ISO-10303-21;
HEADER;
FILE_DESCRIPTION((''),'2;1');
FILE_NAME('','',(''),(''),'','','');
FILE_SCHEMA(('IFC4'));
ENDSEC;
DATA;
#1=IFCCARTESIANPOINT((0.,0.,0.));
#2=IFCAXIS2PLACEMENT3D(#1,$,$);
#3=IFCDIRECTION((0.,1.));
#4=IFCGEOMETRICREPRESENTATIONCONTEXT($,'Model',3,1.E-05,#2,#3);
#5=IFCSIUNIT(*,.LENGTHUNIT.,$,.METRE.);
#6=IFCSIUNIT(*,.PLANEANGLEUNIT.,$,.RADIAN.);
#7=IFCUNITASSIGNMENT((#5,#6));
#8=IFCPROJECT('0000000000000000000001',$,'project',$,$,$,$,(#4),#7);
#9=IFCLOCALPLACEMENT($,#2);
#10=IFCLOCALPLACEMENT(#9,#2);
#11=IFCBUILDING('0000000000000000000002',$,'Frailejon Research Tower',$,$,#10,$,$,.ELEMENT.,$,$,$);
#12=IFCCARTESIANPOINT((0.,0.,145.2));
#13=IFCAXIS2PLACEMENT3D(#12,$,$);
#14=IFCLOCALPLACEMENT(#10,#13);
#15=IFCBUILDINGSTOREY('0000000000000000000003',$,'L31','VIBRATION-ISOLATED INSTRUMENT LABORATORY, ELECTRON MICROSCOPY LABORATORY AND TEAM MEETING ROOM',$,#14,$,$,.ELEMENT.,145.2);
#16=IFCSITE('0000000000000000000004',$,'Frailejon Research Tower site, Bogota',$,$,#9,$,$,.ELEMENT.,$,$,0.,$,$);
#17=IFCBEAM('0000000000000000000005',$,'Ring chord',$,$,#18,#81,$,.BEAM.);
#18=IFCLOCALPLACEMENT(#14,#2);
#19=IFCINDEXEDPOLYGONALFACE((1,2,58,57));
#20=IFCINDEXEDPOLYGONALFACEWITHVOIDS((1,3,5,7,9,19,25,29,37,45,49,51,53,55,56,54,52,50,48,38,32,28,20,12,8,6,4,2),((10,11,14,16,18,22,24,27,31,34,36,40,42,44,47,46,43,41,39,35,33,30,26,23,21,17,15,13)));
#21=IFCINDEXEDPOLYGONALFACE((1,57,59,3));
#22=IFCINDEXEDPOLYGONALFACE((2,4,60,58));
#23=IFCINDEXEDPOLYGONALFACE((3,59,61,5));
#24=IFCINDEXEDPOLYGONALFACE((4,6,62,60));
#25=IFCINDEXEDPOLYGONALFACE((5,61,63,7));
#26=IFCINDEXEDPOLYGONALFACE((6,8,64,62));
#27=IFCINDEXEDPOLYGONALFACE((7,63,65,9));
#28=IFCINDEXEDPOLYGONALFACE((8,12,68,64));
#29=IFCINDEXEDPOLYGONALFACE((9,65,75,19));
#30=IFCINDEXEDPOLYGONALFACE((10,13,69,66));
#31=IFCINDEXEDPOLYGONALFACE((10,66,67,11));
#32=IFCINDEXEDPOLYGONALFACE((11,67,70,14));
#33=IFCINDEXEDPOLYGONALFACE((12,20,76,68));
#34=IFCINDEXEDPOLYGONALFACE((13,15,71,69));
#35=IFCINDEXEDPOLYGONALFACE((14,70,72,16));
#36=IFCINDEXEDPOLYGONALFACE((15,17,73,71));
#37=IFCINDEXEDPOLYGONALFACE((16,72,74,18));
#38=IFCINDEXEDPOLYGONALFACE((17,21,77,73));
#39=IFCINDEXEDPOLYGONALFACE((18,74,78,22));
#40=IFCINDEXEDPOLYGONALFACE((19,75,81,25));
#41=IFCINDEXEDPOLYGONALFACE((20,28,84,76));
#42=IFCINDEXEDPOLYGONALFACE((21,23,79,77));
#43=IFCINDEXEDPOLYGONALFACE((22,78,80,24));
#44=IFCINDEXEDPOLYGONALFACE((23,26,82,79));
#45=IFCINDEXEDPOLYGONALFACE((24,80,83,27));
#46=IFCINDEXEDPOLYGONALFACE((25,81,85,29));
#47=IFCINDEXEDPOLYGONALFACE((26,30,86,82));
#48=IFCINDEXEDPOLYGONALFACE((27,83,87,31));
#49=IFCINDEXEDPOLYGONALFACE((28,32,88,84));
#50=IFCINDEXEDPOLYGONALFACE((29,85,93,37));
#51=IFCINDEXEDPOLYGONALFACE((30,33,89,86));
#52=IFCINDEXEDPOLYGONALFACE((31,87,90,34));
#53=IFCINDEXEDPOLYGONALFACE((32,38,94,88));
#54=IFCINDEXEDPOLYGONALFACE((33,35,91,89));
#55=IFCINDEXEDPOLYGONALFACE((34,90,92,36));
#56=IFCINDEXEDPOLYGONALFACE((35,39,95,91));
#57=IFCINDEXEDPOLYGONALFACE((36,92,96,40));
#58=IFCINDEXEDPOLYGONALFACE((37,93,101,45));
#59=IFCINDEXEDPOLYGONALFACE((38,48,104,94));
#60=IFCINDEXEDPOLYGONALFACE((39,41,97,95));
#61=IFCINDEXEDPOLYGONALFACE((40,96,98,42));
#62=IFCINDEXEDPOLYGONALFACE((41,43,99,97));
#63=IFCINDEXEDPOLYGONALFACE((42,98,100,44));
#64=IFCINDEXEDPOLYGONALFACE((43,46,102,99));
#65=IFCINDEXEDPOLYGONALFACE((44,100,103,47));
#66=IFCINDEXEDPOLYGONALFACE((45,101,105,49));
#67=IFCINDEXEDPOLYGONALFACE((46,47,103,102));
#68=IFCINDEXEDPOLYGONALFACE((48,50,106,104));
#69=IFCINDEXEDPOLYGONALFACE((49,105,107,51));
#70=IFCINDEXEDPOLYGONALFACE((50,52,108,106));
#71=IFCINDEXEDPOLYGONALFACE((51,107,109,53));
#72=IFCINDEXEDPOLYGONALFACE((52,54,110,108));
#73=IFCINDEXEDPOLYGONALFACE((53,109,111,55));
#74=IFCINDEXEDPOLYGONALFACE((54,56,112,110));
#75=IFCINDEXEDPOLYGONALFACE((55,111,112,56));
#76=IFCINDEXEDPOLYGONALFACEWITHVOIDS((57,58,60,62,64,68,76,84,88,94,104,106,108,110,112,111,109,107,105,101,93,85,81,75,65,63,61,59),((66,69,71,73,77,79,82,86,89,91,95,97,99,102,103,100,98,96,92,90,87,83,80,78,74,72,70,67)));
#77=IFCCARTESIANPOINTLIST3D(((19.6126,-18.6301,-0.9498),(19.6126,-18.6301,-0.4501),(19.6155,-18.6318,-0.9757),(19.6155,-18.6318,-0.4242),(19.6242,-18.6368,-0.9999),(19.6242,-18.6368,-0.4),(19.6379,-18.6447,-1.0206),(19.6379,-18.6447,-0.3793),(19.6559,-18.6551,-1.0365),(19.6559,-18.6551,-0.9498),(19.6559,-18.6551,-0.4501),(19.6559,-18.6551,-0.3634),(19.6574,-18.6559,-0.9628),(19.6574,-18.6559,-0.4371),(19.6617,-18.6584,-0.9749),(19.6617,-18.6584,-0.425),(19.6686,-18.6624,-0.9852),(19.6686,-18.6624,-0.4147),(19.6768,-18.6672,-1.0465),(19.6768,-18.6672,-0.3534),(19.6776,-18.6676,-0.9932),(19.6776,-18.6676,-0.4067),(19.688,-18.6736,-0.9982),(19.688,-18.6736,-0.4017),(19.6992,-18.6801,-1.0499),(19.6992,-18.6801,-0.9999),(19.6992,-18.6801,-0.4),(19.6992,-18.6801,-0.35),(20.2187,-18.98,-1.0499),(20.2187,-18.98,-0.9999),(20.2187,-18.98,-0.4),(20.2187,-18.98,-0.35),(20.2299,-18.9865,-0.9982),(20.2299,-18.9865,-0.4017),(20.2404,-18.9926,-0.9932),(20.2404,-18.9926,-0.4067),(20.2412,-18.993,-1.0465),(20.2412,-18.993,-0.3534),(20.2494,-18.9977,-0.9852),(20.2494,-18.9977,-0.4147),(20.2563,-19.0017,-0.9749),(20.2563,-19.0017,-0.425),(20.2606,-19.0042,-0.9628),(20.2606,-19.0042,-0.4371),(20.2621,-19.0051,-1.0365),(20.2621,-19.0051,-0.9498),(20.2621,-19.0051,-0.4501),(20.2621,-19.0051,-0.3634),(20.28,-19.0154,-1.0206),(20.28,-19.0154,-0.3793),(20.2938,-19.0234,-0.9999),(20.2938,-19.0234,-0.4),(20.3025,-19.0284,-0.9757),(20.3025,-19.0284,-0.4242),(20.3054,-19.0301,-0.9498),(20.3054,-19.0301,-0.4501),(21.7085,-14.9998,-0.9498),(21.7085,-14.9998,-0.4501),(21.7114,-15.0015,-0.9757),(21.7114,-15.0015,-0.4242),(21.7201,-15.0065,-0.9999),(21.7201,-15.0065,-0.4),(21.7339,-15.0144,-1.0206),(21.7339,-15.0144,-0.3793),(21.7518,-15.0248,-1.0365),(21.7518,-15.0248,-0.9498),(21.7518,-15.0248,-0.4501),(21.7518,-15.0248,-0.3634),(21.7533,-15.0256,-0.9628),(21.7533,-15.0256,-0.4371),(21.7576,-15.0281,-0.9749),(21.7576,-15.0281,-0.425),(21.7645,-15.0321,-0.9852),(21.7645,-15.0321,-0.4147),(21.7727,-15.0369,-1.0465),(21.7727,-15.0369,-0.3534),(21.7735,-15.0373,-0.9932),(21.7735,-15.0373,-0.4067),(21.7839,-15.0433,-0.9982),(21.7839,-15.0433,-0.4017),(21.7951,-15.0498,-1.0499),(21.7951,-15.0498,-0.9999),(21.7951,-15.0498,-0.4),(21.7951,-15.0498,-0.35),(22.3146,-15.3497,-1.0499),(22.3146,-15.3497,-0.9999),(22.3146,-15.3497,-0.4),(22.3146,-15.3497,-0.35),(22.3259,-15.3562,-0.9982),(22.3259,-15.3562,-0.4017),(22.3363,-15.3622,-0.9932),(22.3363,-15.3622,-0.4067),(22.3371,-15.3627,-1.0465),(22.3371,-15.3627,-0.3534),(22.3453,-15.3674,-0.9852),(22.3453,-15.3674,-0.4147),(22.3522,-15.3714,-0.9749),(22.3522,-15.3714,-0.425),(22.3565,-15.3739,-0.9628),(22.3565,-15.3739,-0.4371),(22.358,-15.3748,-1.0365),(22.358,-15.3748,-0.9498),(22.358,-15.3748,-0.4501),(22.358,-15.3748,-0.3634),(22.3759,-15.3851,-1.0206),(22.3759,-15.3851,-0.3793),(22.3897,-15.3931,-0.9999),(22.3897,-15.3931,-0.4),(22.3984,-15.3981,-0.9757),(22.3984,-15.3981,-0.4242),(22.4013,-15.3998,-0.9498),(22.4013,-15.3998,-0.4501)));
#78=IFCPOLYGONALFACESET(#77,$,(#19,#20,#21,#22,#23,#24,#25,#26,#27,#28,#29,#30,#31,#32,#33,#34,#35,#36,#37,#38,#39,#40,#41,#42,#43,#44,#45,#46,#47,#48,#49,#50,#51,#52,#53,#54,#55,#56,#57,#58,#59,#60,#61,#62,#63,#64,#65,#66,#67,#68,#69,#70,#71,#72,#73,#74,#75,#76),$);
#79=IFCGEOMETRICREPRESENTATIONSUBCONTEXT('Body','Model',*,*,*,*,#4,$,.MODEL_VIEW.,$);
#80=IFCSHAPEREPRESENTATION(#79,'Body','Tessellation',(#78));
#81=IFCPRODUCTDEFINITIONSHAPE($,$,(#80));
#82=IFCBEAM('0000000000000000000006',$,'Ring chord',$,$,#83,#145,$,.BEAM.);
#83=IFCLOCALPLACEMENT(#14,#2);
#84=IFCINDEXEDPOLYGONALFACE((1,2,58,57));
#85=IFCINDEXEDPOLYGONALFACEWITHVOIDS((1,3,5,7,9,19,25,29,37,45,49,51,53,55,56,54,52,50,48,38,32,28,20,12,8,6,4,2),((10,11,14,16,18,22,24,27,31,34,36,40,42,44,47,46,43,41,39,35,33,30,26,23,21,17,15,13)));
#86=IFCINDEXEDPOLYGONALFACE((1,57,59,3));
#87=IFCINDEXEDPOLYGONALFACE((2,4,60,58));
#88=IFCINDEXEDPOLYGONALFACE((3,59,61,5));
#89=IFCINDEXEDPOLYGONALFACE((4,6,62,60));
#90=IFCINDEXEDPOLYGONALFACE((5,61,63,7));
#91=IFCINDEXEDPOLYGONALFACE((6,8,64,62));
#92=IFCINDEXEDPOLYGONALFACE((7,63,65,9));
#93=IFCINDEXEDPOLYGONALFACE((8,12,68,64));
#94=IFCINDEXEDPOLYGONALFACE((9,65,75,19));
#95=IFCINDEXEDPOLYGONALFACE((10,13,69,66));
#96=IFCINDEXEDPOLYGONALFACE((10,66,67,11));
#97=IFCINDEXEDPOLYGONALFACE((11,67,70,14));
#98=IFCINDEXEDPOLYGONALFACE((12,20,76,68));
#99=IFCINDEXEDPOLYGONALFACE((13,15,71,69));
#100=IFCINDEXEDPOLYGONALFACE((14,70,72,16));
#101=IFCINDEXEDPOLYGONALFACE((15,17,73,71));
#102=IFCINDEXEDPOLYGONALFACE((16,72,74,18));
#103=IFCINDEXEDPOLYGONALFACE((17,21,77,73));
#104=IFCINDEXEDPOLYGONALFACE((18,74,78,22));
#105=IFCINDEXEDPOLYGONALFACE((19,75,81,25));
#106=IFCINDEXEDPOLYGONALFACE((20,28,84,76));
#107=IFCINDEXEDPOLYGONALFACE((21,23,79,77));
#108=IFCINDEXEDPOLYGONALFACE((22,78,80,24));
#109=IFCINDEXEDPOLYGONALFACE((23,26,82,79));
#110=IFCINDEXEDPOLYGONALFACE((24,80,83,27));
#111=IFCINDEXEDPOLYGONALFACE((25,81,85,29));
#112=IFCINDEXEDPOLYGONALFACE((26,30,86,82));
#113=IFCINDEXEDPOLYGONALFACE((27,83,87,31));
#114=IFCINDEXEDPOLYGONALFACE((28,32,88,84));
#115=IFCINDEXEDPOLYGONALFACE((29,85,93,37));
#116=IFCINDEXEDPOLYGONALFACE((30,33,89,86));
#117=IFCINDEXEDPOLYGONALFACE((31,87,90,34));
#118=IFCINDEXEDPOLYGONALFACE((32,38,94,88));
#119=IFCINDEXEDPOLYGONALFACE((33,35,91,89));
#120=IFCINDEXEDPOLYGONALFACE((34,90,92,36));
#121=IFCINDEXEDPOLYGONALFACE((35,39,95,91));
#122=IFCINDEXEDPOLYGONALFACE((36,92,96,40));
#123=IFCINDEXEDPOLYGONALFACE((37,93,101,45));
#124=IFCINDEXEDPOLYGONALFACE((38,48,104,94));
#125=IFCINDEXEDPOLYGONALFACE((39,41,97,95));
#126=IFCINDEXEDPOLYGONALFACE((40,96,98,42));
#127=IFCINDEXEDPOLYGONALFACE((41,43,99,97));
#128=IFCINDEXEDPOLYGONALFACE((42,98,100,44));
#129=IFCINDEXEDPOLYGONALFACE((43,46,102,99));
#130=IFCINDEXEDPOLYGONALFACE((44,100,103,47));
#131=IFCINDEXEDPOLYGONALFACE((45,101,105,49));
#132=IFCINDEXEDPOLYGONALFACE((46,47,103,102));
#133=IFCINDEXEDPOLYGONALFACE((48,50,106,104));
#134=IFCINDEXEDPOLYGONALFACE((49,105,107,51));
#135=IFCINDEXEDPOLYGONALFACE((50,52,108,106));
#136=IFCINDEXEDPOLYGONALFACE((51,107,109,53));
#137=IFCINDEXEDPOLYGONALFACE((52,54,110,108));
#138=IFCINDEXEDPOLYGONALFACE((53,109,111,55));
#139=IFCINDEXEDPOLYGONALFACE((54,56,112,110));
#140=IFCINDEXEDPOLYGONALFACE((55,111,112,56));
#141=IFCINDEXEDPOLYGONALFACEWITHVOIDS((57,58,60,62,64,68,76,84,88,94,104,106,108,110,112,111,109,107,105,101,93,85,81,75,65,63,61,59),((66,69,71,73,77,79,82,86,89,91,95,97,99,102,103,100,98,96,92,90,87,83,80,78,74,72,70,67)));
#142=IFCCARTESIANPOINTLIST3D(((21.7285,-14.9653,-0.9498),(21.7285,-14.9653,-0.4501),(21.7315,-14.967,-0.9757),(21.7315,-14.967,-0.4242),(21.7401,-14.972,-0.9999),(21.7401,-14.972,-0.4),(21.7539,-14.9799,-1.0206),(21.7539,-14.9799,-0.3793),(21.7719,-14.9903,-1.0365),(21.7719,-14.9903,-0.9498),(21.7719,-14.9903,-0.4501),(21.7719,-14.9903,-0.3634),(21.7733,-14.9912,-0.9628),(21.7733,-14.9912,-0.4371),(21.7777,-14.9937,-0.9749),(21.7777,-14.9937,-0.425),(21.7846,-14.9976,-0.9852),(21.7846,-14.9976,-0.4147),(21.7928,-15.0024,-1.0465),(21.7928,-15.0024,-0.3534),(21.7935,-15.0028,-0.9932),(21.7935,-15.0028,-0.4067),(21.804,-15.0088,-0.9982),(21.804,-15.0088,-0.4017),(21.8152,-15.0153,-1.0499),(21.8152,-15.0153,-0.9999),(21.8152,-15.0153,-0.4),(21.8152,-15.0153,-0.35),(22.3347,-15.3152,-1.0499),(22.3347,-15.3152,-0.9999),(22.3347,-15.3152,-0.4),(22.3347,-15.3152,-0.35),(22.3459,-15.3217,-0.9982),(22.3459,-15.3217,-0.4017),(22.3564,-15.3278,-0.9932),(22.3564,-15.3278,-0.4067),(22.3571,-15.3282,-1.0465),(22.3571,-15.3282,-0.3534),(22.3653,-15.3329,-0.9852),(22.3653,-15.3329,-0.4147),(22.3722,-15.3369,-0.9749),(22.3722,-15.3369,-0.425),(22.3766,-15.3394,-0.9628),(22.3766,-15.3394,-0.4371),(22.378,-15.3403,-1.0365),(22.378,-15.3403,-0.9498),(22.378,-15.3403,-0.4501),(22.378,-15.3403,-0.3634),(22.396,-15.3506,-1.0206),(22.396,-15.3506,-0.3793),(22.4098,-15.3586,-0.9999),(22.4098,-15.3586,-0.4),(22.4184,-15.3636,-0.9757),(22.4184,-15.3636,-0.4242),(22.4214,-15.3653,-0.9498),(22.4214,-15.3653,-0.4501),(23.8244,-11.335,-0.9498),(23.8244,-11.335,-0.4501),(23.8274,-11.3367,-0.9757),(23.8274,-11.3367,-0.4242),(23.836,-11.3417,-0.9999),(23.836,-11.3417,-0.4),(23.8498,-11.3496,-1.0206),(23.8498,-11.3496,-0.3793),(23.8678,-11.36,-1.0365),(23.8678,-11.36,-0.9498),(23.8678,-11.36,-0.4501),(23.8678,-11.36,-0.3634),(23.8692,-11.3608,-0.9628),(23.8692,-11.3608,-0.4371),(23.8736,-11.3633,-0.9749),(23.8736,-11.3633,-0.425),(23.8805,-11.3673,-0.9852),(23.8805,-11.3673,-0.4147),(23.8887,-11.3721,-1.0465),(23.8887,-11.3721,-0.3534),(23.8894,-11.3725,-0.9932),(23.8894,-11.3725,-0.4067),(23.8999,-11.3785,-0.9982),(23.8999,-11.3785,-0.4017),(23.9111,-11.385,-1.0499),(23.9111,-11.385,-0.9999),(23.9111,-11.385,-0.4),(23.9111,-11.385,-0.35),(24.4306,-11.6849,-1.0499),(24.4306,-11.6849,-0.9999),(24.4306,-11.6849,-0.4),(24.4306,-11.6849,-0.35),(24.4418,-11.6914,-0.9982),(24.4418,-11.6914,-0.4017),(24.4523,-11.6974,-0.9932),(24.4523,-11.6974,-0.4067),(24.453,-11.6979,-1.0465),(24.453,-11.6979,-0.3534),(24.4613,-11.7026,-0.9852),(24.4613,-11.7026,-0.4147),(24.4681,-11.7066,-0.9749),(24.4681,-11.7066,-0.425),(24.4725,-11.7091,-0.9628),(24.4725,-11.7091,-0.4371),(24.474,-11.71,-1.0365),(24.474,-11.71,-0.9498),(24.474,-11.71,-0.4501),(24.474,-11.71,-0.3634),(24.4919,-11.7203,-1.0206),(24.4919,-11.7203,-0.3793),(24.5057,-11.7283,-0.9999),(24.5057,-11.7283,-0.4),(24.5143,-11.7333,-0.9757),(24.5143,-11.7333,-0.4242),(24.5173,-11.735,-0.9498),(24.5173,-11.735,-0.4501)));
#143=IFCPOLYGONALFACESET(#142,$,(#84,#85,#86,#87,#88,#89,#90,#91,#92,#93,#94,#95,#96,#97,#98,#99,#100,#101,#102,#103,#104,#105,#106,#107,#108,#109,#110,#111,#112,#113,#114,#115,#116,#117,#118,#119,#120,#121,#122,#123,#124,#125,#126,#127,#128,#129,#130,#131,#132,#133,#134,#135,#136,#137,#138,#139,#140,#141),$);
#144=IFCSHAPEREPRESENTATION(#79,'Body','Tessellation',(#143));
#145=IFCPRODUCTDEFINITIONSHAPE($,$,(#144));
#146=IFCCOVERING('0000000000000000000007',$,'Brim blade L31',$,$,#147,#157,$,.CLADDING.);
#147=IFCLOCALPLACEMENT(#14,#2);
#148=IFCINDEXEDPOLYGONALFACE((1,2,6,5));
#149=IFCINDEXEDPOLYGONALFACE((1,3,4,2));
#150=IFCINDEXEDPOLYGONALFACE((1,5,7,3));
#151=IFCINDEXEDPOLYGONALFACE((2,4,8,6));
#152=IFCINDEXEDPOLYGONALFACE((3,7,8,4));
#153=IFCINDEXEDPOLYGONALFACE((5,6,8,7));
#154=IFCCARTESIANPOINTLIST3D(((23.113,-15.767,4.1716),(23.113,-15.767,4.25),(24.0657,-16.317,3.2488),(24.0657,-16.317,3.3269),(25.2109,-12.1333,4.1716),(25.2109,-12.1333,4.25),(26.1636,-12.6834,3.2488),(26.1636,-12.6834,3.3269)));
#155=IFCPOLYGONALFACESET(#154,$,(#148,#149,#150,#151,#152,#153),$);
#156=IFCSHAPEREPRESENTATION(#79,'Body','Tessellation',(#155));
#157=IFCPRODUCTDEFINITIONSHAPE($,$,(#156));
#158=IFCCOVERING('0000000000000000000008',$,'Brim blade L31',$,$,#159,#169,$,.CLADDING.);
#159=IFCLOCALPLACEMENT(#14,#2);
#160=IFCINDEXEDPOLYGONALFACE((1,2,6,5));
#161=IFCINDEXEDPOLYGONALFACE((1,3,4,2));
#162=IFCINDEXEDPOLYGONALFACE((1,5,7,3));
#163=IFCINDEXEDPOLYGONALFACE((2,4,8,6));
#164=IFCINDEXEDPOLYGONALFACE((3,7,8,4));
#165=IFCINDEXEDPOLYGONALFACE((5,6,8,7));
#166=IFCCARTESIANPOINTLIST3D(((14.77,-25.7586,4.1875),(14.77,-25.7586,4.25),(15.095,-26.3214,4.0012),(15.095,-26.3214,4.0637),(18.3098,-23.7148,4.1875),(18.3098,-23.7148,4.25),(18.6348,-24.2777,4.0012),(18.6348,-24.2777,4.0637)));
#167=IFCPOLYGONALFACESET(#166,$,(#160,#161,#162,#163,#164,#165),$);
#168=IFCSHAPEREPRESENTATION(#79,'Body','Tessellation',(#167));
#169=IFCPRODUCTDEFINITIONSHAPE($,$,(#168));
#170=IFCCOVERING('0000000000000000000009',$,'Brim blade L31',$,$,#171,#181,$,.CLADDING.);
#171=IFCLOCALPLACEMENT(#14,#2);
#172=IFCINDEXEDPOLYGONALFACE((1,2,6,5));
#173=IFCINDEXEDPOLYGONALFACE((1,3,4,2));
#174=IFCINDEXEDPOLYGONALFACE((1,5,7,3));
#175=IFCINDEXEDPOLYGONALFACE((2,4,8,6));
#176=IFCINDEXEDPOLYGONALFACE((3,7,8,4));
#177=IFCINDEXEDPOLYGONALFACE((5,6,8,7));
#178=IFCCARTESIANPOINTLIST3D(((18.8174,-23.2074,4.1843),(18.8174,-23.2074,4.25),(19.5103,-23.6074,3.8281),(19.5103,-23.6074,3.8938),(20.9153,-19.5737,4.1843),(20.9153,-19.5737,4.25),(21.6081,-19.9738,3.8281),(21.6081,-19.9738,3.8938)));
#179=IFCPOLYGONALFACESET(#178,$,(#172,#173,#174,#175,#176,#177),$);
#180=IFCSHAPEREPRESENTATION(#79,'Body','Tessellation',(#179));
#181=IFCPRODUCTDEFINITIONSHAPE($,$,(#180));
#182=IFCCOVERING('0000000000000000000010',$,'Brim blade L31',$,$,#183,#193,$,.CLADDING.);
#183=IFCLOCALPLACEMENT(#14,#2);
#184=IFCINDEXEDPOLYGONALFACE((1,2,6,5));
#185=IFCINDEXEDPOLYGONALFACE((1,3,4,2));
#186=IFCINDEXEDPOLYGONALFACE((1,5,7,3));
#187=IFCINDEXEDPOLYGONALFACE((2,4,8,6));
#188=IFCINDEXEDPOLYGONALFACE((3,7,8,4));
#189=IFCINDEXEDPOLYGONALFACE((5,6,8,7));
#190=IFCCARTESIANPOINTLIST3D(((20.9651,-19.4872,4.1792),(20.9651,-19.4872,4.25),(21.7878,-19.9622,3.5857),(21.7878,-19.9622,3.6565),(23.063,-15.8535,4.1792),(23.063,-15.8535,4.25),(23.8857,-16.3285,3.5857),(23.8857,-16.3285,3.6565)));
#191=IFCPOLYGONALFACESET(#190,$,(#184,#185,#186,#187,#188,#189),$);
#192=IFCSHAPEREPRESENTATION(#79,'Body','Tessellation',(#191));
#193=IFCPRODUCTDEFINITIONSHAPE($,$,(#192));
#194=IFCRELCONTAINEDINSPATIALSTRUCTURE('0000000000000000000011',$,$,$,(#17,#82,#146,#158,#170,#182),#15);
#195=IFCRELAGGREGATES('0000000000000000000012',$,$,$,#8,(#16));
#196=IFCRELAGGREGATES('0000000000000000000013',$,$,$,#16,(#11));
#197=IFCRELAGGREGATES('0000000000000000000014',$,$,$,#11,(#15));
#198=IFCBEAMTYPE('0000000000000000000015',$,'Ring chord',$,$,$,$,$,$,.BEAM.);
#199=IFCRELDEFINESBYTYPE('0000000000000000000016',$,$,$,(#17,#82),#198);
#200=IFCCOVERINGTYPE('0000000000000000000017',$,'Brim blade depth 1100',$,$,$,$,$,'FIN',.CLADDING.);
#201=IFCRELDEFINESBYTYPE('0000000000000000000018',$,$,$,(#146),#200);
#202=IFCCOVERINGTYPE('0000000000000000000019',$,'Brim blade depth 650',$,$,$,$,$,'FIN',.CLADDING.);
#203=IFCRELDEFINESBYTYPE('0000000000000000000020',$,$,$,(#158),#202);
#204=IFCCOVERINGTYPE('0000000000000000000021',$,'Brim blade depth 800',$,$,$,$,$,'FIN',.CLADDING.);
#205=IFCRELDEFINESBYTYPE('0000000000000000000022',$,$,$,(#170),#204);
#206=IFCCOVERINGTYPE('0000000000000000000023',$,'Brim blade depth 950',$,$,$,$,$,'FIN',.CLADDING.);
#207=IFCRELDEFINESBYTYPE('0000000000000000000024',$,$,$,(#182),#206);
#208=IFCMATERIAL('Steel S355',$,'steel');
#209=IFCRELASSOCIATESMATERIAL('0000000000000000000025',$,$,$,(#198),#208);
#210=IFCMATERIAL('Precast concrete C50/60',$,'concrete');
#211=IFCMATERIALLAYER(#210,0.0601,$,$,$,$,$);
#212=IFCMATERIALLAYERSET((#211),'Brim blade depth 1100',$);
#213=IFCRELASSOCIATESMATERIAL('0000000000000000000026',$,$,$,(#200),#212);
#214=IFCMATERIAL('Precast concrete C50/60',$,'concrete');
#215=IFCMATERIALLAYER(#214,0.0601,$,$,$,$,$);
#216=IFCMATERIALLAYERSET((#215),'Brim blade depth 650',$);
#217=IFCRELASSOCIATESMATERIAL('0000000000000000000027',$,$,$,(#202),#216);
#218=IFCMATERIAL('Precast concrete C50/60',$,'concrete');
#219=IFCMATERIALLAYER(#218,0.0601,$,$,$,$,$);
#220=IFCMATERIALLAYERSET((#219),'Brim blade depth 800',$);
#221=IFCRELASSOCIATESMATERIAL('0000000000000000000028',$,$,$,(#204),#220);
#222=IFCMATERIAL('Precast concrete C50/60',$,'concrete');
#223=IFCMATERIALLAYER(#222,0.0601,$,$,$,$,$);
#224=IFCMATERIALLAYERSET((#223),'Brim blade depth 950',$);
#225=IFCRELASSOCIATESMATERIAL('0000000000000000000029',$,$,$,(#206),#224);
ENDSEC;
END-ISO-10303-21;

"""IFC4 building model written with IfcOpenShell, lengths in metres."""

from ifc_helpers import new_model, si_unit, direction, frame, origin, origin_2d, place, context, subcontext, project, spatial, polyline, hollow_rectangle, outline, extrude, material, layer, layer_set, material_profile, profile_set, type_object, element, save


model = new_model("IFC4")

# Units and contexts
model_context = context("Model", 3, precision=1e-05, world=origin(), true_north=direction((0.0, 1.0)))
body_context = subcontext(model_context, "Body", "Model", "MODEL_VIEW")
ifc_project = project(units=[si_unit("LENGTHUNIT", "METRE"), si_unit("PLANEANGLEUNIT", "RADIAN")], contexts=[model_context])

# Site, building, storey
site_placement = place(None, origin())
site = spatial("IfcSite", under=ifc_project, at=site_placement, Name="Frailejon Research Tower site, Bogota", CompositionType="ELEMENT", RefElevation=0.0)
building_placement = place(site_placement, origin())
building = spatial("IfcBuilding", under=site, at=building_placement, Name="Frailejon Research Tower", CompositionType="ELEMENT")
storey_placement = place(building_placement, frame((0.0, 0.0, 145.2)))
storey = spatial("IfcBuildingStorey", under=building, at=storey_placement, Name="L31", Description="VIBRATION-ISOLATED INSTRUMENT LABORATORY, ELECTRON MICROSCOPY LABORATORY AND TEAM MEETING ROOM", CompositionType="ELEMENT", Elevation=145.2)

# Beams
ifc_material_1 = material(Name="Steel S355", Category="steel")
ifc_material_profile_1 = material_profile(ifc_material_1, hollow_rectangle(XDim=0.8, YDim=0.7, WallThickness=0.05, InnerFilletRadius=0.05, OuterFilletRadius=0.1001, at=origin_2d()), Name="Ring chord")
ifc_profile_set_1 = profile_set([ifc_material_profile_1], Name="Steel S355")
beam_type_1 = type_object("IfcBeamType", Name="Ring chord", PredefinedType="BEAM", material=ifc_profile_set_1)
for number, where, z_axis, x_axis, name in (
    (1, (19.959, -18.8301, -0.7), (0.499991, 0.86603, 0.0), (-0.86603, 0.499991, 0.0), "Ring chord"),
    (2, (22.075, -15.1653, -0.7), (0.499991, 0.86603, 0.0), (-0.86603, 0.499991, 0.0), "Ring chord"),
):
    element("IfcBeam", number, at=place(storey_placement, frame(where, z_axis=z_axis, x_axis=x_axis)), inside=storey, type_object=beam_type_1, Name=name, PredefinedType="BEAM", context=body_context, shape_type="SweptSolid", body=[
        extrude(hollow_rectangle(XDim=0.8, YDim=0.7, WallThickness=0.05, InnerFilletRadius=0.05, OuterFilletRadius=0.1001, at=origin_2d()), origin(), (0.0, 0.0, 1.0), 4.1919),
    ])

# Coverings
ifc_material_2 = material(Name="Precast concrete C50/60", Category="concrete")
ifc_layer_1 = layer(ifc_material_2, 0.0601)
ifc_layer_set_1 = layer_set([ifc_layer_1], Name="Brim blade depth 1100")
covering_type_1 = type_object("IfcCoveringType", Name="Brim blade depth 1100", ElementType="FIN", PredefinedType="CLADDING", material=ifc_layer_set_1)
covering_1_placement = place(storey_placement, frame((25.2109, -12.1333, 4.25), z_axis=(-0.500007, -0.866021, 0.0), x_axis=(0.866021, -0.500007, 0.0)))
element("IfcCovering", 3, at=covering_1_placement, inside=storey, type_object=covering_type_1, Name="Brim blade L31", PredefinedType="CLADDING", context=body_context, shape_type="SweptSolid", body=[
    extrude(outline(polyline([(0.0, -0.0784), (1.1001, -1.0012), (1.1001, -0.9231), (0.0, 0.0), (0.0, -0.0784)])), origin(), (0.0, 0.0, 1.0), 4.1958),
])
ifc_material_3 = material(Name="Precast concrete C50/60", Category="concrete")
ifc_layer_2 = layer(ifc_material_3, 0.0601)
ifc_layer_set_2 = layer_set([ifc_layer_2], Name="Brim blade depth 650")
covering_type_2 = type_object("IfcCoveringType", Name="Brim blade depth 650", ElementType="FIN", PredefinedType="CLADDING", material=ifc_layer_set_2)
covering_2_placement = place(storey_placement, frame((18.3098, -23.7148, 4.25), z_axis=(-0.866021, -0.500007, 0.0), x_axis=(0.500007, -0.866021, 0.0)))
element("IfcCovering", 4, at=covering_2_placement, inside=storey, type_object=covering_type_2, Name="Brim blade L31", PredefinedType="CLADDING", context=body_context, shape_type="SweptSolid", body=[
    extrude(outline(polyline([(0.0, -0.0625), (0.6499, -0.2488), (0.6499, -0.1863), (0.0, 0.0), (0.0, -0.0625)])), origin(), (0.0, 0.0, 1.0), 4.0874),
])
ifc_material_4 = material(Name="Precast concrete C50/60", Category="concrete")
ifc_layer_3 = layer(ifc_material_4, 0.0601)
ifc_layer_set_3 = layer_set([ifc_layer_3], Name="Brim blade depth 800")
covering_type_3 = type_object("IfcCoveringType", Name="Brim blade depth 800", ElementType="FIN", PredefinedType="CLADDING", material=ifc_layer_set_3)
covering_3_placement = place(storey_placement, frame((20.9153, -19.5737, 4.25), z_axis=(-0.499997, -0.866027, 0.0), x_axis=(0.866027, -0.499997, 0.0)))
element("IfcCovering", 5, at=covering_3_placement, inside=storey, type_object=covering_type_3, Name="Brim blade L31", PredefinedType="CLADDING", context=body_context, shape_type="SweptSolid", body=[
    extrude(outline(polyline([(0.0, -0.0657), (0.8, -0.4219), (0.8, -0.3562), (0.0, 0.0), (0.0, -0.0657)])), origin(), (0.0, 0.0, 1.0), 4.1958),
])
ifc_material_5 = material(Name="Precast concrete C50/60", Category="concrete")
ifc_layer_4 = layer(ifc_material_5, 0.0601)
ifc_layer_set_4 = layer_set([ifc_layer_4], Name="Brim blade depth 950")
covering_type_4 = type_object("IfcCoveringType", Name="Brim blade depth 950", ElementType="FIN", PredefinedType="CLADDING", material=ifc_layer_set_4)
covering_4_placement = place(storey_placement, frame((23.063, -15.8535, 4.25), z_axis=(-0.499997, -0.866027, 0.0), x_axis=(0.866027, -0.499997, 0.0)))
element("IfcCovering", 6, at=covering_4_placement, inside=storey, type_object=covering_type_4, Name="Brim blade L31", PredefinedType="CLADDING", context=body_context, shape_type="SweptSolid", body=[
    extrude(outline(polyline([(0.0, -0.0708), (0.95, -0.6643), (0.95, -0.5935), (0.0, 0.0), (0.0, -0.0708)])), origin(), (0.0, 0.0, 1.0), 4.1958),
])

save(model, "model.ifc")
